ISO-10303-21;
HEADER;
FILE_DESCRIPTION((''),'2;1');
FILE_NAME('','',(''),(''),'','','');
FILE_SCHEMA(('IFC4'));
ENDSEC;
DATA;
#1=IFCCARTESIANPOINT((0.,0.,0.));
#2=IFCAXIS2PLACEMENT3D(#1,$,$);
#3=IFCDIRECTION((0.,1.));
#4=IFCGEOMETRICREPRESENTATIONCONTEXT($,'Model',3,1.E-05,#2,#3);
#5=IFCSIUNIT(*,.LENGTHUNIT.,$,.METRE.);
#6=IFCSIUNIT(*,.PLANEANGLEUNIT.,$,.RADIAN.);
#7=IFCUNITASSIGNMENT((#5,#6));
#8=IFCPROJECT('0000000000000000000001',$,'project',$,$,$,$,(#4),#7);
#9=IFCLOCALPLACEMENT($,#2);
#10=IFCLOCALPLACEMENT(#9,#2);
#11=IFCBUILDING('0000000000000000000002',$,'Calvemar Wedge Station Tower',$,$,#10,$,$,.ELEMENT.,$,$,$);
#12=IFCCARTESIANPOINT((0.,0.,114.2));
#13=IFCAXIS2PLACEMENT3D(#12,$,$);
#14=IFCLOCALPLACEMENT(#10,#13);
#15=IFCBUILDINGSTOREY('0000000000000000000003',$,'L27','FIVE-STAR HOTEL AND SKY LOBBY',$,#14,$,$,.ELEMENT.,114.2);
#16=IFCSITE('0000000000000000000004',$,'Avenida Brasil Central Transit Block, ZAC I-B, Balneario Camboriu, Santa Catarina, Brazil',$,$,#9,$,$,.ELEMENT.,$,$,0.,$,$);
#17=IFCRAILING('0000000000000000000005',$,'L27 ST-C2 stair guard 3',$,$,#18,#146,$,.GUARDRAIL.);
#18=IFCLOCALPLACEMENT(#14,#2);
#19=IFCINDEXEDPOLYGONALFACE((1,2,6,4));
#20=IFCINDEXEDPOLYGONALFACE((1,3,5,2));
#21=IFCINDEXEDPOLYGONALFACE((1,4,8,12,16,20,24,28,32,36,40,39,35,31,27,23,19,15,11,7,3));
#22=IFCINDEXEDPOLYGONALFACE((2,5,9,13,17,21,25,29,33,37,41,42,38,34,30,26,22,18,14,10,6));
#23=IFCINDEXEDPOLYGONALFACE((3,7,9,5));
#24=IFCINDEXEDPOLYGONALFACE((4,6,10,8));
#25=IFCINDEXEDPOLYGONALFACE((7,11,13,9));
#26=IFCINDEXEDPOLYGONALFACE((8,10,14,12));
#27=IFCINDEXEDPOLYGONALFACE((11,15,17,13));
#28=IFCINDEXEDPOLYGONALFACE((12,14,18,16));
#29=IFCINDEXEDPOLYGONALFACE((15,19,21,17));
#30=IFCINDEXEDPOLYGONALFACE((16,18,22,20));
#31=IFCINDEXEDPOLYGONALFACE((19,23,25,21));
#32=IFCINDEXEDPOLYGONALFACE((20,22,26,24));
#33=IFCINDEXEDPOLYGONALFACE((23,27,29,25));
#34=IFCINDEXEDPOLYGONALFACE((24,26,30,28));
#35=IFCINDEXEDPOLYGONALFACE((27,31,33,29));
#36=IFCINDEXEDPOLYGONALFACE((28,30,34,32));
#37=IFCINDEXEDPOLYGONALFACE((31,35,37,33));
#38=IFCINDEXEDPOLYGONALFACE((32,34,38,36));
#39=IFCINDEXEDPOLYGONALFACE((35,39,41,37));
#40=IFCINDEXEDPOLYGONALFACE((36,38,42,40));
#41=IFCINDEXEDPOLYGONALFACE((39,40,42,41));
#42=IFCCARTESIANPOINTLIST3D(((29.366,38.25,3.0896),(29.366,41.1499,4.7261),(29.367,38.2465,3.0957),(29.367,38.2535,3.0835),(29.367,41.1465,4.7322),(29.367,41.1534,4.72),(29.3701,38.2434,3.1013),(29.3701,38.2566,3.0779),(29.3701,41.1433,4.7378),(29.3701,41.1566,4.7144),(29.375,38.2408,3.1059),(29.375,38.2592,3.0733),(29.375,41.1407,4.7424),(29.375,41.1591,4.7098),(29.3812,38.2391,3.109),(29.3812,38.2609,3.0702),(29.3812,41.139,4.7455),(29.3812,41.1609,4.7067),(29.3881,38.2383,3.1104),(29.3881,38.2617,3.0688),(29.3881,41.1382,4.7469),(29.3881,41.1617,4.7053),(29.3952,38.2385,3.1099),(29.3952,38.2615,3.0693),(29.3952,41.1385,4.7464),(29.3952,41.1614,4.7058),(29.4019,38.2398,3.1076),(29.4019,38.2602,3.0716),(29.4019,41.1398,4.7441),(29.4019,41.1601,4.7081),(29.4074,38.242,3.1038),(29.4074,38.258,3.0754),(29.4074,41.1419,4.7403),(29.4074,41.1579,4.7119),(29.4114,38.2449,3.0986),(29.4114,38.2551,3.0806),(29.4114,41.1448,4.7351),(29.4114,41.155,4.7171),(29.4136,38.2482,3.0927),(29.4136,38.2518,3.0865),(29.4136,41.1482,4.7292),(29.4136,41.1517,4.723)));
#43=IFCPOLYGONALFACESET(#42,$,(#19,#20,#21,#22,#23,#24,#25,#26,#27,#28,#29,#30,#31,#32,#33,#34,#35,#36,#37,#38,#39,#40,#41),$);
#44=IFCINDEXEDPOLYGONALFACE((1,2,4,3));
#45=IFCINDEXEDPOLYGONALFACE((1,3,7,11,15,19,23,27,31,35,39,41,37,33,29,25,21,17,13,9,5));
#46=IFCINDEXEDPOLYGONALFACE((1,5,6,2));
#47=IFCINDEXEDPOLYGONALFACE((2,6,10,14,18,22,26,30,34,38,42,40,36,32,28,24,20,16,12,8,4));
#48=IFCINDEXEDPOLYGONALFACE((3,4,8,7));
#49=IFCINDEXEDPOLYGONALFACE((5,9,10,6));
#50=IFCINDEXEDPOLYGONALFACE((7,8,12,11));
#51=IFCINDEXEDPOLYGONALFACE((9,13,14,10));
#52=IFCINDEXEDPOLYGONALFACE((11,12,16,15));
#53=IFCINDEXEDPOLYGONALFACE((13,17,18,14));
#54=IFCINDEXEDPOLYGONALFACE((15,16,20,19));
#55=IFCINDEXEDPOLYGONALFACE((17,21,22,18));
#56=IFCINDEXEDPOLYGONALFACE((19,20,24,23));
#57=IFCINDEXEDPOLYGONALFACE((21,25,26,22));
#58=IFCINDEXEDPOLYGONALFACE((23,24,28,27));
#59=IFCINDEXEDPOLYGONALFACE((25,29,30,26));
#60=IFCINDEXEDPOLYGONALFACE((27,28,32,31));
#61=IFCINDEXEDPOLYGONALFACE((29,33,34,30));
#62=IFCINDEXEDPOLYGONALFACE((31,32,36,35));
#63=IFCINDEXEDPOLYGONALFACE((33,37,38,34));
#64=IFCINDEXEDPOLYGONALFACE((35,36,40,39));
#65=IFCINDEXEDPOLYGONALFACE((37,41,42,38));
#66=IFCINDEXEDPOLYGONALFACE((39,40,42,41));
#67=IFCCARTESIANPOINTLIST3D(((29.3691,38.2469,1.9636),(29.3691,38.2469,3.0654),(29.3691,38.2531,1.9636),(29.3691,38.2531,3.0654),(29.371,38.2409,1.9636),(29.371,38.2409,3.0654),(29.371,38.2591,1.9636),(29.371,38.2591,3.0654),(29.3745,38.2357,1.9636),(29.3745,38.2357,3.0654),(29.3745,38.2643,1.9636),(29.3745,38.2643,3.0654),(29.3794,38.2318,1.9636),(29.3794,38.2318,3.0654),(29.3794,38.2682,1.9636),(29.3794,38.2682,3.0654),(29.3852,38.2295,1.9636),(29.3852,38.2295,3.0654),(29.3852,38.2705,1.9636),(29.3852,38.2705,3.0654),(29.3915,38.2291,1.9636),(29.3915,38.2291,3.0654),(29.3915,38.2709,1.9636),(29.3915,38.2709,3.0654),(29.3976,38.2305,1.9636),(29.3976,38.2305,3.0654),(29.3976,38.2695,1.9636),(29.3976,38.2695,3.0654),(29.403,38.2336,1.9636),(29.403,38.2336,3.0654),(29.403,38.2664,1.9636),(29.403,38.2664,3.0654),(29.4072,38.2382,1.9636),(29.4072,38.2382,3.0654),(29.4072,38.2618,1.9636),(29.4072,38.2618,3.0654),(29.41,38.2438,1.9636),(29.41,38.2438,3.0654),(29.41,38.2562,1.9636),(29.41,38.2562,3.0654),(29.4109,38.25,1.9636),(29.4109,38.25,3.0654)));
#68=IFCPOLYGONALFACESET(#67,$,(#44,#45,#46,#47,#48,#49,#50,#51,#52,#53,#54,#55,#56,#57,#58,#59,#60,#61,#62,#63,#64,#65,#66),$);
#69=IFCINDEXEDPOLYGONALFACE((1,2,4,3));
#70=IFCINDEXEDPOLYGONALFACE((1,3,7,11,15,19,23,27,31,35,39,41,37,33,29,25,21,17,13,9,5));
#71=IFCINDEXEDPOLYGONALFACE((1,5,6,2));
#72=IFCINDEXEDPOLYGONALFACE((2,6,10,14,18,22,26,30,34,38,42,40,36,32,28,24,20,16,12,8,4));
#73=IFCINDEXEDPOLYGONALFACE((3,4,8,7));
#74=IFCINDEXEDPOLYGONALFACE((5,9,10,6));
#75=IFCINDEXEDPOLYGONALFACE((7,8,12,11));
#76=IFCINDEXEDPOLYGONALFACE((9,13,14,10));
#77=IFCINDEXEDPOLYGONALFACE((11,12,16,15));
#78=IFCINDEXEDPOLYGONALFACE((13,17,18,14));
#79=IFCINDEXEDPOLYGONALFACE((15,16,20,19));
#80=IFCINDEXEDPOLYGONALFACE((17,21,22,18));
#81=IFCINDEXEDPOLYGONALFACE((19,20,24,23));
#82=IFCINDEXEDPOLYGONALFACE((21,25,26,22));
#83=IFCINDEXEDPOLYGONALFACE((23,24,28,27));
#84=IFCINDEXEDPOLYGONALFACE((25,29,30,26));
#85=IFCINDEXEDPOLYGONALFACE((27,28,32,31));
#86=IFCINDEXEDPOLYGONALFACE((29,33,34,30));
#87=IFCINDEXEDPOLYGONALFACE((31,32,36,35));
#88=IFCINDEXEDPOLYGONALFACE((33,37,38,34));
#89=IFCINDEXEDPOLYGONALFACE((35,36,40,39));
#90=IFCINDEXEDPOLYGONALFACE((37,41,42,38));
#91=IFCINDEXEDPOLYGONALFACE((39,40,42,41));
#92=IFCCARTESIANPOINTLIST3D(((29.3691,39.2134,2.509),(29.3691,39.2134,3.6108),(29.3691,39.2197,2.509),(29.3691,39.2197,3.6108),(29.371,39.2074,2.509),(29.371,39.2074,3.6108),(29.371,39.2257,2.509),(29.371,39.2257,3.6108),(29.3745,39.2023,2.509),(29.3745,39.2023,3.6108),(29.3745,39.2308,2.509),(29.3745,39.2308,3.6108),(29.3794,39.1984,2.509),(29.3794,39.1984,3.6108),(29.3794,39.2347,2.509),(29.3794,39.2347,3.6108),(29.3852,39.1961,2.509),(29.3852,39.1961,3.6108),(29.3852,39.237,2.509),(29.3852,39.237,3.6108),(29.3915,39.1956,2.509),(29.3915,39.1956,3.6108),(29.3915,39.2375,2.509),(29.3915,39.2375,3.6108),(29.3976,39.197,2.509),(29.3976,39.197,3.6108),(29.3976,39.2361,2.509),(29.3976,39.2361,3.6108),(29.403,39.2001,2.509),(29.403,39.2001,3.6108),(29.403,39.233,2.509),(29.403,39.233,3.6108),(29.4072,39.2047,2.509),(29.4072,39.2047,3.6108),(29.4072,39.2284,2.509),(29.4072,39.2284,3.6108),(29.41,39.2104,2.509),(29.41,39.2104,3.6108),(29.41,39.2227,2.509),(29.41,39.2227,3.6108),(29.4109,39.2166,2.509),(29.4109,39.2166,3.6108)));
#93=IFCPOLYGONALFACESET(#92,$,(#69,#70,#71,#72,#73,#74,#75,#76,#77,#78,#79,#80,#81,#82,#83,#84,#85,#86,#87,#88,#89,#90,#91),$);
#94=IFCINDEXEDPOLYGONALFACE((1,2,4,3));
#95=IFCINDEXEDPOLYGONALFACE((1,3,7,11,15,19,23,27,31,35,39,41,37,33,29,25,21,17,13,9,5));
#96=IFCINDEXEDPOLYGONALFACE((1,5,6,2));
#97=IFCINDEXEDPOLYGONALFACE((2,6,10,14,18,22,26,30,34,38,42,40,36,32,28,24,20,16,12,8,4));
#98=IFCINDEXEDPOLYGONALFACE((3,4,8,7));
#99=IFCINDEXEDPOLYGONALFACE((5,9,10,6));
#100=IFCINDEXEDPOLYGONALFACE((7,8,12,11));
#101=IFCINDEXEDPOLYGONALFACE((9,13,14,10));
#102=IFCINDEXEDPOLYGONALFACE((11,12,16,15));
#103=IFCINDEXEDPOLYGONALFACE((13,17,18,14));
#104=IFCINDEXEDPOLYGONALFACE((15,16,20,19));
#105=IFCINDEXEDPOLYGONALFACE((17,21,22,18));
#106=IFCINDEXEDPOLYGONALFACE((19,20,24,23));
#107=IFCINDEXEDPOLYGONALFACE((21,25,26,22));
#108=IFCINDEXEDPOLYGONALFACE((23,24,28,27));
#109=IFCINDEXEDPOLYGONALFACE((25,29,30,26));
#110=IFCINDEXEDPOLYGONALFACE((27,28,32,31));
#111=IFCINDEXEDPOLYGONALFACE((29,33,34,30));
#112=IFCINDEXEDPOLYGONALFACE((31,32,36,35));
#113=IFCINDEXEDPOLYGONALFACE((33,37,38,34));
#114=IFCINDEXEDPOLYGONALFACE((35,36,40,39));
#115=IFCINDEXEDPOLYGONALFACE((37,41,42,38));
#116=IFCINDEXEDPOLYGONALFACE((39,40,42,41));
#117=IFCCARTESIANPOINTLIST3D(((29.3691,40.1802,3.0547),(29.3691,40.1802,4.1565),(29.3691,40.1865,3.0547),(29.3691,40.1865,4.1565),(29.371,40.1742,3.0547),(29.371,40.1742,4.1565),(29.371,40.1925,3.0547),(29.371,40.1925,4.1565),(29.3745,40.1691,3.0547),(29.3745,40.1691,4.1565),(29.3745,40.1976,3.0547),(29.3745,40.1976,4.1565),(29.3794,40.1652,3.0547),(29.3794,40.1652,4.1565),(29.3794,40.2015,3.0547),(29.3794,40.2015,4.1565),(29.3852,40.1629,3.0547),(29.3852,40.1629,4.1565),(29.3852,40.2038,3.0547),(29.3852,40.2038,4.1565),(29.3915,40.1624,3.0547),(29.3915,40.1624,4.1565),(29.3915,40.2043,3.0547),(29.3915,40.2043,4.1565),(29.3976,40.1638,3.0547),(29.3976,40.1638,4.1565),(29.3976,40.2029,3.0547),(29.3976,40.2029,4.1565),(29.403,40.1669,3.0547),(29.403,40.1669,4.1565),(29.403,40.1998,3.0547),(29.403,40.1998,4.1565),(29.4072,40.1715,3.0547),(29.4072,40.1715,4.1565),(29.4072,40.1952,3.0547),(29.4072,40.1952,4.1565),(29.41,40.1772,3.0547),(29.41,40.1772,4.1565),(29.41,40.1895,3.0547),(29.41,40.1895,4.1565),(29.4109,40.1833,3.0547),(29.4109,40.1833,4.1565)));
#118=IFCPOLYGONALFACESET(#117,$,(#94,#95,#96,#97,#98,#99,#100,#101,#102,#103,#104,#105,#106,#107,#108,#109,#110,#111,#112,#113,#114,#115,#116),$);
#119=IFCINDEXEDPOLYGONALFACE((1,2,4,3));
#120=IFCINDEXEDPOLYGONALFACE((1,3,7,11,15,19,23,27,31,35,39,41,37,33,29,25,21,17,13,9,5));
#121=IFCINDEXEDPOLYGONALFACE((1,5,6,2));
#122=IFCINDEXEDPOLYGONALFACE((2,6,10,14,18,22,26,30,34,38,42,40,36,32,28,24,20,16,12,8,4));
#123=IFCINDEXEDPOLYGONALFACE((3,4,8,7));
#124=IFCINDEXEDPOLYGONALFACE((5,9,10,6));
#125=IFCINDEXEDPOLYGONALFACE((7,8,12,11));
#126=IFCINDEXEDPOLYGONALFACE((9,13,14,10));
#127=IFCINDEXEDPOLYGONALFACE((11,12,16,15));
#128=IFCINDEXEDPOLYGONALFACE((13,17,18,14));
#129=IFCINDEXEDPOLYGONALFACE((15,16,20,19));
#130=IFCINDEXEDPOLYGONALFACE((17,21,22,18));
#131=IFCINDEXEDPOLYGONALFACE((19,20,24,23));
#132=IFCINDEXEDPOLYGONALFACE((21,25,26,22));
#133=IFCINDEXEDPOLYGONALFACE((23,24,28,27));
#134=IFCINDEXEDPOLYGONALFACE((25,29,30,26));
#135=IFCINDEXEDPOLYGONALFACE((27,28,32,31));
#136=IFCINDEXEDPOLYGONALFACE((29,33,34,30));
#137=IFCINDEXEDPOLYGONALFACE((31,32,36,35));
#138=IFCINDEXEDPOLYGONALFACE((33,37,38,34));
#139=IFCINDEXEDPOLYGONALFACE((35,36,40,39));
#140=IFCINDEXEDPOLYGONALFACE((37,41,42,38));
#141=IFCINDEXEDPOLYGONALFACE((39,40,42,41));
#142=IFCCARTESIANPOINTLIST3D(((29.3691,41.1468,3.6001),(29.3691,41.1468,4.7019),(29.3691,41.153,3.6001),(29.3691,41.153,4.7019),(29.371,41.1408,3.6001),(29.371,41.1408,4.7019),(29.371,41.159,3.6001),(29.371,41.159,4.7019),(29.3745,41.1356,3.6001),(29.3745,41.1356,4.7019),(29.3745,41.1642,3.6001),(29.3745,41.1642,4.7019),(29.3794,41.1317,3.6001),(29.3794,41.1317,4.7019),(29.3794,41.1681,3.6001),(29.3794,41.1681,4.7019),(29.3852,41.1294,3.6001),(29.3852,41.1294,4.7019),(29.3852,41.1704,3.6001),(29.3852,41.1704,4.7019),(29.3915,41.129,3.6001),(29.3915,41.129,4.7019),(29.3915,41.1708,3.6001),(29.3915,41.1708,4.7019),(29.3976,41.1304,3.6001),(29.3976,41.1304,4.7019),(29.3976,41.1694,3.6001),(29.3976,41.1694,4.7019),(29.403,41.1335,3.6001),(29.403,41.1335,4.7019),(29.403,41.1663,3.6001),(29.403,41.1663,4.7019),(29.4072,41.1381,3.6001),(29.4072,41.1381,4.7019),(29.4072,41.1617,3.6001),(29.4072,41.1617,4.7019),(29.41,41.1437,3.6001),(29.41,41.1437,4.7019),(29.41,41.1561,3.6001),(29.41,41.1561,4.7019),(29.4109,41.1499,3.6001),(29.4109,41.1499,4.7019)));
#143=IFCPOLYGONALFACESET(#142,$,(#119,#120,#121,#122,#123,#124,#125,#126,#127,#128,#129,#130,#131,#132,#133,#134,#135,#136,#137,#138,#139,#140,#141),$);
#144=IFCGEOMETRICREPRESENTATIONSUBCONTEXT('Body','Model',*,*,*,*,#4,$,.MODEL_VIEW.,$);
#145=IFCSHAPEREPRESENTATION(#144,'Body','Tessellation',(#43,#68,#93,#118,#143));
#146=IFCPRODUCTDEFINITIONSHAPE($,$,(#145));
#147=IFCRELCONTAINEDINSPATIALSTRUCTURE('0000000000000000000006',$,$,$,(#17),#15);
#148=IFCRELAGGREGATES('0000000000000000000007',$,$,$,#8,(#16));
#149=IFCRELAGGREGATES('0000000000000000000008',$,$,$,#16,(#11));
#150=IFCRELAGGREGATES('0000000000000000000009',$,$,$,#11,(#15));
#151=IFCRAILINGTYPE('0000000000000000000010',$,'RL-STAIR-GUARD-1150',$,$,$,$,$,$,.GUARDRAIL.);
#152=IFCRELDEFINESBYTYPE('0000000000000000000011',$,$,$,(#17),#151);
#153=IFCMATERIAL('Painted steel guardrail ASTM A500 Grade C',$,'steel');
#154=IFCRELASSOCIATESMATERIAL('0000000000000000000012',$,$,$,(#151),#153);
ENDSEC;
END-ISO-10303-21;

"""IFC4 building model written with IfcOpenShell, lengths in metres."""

from ifc_helpers import new_model, si_unit, direction, frame, origin, origin_2d, place, context, subcontext, project, spatial, circle, extrude, material, type_object, element, save


model = new_model("IFC4")

# Units and contexts
model_context = context("Model", 3, precision=1e-05, world=origin(), true_north=direction((0.0, 1.0)))
body_context = subcontext(model_context, "Body", "Model", "MODEL_VIEW")
ifc_project = project(units=[si_unit("LENGTHUNIT", "METRE"), si_unit("PLANEANGLEUNIT", "RADIAN")], contexts=[model_context])

# Site, building, storey
site_placement = place(None, origin())
site = spatial("IfcSite", under=ifc_project, at=site_placement, Name="Avenida Brasil Central Transit Block, ZAC I-B, Balneario Camboriu, Santa Catarina, Brazil", CompositionType="ELEMENT", RefElevation=0.0)
building_placement = place(site_placement, origin())
building = spatial("IfcBuilding", under=site, at=building_placement, Name="Calvemar Wedge Station Tower", CompositionType="ELEMENT")
storey_placement = place(building_placement, frame((0.0, 0.0, 114.2)))
storey = spatial("IfcBuildingStorey", under=building, at=storey_placement, Name="L27", Description="FIVE-STAR HOTEL AND SKY LOBBY", CompositionType="ELEMENT", Elevation=114.2)

# Railing
ifc_material_1 = material(Name="Painted steel guardrail ASTM A500 Grade C", Category="steel")
railing_type_1 = type_object("IfcRailingType", Name="RL-STAIR-GUARD-1150", PredefinedType="GUARDRAIL", material=ifc_material_1)
railing_1_placement = place(storey_placement, frame((29.3899, 38.25, 1.9636)))
element("IfcRailing", 1, at=railing_1_placement, inside=storey, type_object=railing_type_1, Name="L27 ST-C2 stair guard 3", PredefinedType="GUARDRAIL", context=body_context, shape_type="SweptSolid", body=[
    extrude(circle(Radius=0.0239, at=origin_2d()), frame((0.0, 0.0, 1.126), z_axis=(0.0, 0.870897, 0.491465), x_axis=(-1.0, 0.0, 0.0)), (0.0, 0.0, 1.0), 3.3298),
    extrude(circle(Radius=0.021, at=origin_2d()), origin(), (0.0, 0.0, 1.0), 1.1018),
    extrude(circle(Radius=0.021, at=origin_2d()), frame((0.0, 0.9666, 0.5454)), (0.0, 0.0, 1.0), 1.1018),
    extrude(circle(Radius=0.021, at=origin_2d()), frame((0.0, 1.9333, 1.0911)), (0.0, 0.0, 1.0), 1.1018),
    extrude(circle(Radius=0.021, at=origin_2d()), frame((0.0, 2.8999, 1.6365)), (0.0, 0.0, 1.0), 1.1018),
])

save(model, "model.ifc")
